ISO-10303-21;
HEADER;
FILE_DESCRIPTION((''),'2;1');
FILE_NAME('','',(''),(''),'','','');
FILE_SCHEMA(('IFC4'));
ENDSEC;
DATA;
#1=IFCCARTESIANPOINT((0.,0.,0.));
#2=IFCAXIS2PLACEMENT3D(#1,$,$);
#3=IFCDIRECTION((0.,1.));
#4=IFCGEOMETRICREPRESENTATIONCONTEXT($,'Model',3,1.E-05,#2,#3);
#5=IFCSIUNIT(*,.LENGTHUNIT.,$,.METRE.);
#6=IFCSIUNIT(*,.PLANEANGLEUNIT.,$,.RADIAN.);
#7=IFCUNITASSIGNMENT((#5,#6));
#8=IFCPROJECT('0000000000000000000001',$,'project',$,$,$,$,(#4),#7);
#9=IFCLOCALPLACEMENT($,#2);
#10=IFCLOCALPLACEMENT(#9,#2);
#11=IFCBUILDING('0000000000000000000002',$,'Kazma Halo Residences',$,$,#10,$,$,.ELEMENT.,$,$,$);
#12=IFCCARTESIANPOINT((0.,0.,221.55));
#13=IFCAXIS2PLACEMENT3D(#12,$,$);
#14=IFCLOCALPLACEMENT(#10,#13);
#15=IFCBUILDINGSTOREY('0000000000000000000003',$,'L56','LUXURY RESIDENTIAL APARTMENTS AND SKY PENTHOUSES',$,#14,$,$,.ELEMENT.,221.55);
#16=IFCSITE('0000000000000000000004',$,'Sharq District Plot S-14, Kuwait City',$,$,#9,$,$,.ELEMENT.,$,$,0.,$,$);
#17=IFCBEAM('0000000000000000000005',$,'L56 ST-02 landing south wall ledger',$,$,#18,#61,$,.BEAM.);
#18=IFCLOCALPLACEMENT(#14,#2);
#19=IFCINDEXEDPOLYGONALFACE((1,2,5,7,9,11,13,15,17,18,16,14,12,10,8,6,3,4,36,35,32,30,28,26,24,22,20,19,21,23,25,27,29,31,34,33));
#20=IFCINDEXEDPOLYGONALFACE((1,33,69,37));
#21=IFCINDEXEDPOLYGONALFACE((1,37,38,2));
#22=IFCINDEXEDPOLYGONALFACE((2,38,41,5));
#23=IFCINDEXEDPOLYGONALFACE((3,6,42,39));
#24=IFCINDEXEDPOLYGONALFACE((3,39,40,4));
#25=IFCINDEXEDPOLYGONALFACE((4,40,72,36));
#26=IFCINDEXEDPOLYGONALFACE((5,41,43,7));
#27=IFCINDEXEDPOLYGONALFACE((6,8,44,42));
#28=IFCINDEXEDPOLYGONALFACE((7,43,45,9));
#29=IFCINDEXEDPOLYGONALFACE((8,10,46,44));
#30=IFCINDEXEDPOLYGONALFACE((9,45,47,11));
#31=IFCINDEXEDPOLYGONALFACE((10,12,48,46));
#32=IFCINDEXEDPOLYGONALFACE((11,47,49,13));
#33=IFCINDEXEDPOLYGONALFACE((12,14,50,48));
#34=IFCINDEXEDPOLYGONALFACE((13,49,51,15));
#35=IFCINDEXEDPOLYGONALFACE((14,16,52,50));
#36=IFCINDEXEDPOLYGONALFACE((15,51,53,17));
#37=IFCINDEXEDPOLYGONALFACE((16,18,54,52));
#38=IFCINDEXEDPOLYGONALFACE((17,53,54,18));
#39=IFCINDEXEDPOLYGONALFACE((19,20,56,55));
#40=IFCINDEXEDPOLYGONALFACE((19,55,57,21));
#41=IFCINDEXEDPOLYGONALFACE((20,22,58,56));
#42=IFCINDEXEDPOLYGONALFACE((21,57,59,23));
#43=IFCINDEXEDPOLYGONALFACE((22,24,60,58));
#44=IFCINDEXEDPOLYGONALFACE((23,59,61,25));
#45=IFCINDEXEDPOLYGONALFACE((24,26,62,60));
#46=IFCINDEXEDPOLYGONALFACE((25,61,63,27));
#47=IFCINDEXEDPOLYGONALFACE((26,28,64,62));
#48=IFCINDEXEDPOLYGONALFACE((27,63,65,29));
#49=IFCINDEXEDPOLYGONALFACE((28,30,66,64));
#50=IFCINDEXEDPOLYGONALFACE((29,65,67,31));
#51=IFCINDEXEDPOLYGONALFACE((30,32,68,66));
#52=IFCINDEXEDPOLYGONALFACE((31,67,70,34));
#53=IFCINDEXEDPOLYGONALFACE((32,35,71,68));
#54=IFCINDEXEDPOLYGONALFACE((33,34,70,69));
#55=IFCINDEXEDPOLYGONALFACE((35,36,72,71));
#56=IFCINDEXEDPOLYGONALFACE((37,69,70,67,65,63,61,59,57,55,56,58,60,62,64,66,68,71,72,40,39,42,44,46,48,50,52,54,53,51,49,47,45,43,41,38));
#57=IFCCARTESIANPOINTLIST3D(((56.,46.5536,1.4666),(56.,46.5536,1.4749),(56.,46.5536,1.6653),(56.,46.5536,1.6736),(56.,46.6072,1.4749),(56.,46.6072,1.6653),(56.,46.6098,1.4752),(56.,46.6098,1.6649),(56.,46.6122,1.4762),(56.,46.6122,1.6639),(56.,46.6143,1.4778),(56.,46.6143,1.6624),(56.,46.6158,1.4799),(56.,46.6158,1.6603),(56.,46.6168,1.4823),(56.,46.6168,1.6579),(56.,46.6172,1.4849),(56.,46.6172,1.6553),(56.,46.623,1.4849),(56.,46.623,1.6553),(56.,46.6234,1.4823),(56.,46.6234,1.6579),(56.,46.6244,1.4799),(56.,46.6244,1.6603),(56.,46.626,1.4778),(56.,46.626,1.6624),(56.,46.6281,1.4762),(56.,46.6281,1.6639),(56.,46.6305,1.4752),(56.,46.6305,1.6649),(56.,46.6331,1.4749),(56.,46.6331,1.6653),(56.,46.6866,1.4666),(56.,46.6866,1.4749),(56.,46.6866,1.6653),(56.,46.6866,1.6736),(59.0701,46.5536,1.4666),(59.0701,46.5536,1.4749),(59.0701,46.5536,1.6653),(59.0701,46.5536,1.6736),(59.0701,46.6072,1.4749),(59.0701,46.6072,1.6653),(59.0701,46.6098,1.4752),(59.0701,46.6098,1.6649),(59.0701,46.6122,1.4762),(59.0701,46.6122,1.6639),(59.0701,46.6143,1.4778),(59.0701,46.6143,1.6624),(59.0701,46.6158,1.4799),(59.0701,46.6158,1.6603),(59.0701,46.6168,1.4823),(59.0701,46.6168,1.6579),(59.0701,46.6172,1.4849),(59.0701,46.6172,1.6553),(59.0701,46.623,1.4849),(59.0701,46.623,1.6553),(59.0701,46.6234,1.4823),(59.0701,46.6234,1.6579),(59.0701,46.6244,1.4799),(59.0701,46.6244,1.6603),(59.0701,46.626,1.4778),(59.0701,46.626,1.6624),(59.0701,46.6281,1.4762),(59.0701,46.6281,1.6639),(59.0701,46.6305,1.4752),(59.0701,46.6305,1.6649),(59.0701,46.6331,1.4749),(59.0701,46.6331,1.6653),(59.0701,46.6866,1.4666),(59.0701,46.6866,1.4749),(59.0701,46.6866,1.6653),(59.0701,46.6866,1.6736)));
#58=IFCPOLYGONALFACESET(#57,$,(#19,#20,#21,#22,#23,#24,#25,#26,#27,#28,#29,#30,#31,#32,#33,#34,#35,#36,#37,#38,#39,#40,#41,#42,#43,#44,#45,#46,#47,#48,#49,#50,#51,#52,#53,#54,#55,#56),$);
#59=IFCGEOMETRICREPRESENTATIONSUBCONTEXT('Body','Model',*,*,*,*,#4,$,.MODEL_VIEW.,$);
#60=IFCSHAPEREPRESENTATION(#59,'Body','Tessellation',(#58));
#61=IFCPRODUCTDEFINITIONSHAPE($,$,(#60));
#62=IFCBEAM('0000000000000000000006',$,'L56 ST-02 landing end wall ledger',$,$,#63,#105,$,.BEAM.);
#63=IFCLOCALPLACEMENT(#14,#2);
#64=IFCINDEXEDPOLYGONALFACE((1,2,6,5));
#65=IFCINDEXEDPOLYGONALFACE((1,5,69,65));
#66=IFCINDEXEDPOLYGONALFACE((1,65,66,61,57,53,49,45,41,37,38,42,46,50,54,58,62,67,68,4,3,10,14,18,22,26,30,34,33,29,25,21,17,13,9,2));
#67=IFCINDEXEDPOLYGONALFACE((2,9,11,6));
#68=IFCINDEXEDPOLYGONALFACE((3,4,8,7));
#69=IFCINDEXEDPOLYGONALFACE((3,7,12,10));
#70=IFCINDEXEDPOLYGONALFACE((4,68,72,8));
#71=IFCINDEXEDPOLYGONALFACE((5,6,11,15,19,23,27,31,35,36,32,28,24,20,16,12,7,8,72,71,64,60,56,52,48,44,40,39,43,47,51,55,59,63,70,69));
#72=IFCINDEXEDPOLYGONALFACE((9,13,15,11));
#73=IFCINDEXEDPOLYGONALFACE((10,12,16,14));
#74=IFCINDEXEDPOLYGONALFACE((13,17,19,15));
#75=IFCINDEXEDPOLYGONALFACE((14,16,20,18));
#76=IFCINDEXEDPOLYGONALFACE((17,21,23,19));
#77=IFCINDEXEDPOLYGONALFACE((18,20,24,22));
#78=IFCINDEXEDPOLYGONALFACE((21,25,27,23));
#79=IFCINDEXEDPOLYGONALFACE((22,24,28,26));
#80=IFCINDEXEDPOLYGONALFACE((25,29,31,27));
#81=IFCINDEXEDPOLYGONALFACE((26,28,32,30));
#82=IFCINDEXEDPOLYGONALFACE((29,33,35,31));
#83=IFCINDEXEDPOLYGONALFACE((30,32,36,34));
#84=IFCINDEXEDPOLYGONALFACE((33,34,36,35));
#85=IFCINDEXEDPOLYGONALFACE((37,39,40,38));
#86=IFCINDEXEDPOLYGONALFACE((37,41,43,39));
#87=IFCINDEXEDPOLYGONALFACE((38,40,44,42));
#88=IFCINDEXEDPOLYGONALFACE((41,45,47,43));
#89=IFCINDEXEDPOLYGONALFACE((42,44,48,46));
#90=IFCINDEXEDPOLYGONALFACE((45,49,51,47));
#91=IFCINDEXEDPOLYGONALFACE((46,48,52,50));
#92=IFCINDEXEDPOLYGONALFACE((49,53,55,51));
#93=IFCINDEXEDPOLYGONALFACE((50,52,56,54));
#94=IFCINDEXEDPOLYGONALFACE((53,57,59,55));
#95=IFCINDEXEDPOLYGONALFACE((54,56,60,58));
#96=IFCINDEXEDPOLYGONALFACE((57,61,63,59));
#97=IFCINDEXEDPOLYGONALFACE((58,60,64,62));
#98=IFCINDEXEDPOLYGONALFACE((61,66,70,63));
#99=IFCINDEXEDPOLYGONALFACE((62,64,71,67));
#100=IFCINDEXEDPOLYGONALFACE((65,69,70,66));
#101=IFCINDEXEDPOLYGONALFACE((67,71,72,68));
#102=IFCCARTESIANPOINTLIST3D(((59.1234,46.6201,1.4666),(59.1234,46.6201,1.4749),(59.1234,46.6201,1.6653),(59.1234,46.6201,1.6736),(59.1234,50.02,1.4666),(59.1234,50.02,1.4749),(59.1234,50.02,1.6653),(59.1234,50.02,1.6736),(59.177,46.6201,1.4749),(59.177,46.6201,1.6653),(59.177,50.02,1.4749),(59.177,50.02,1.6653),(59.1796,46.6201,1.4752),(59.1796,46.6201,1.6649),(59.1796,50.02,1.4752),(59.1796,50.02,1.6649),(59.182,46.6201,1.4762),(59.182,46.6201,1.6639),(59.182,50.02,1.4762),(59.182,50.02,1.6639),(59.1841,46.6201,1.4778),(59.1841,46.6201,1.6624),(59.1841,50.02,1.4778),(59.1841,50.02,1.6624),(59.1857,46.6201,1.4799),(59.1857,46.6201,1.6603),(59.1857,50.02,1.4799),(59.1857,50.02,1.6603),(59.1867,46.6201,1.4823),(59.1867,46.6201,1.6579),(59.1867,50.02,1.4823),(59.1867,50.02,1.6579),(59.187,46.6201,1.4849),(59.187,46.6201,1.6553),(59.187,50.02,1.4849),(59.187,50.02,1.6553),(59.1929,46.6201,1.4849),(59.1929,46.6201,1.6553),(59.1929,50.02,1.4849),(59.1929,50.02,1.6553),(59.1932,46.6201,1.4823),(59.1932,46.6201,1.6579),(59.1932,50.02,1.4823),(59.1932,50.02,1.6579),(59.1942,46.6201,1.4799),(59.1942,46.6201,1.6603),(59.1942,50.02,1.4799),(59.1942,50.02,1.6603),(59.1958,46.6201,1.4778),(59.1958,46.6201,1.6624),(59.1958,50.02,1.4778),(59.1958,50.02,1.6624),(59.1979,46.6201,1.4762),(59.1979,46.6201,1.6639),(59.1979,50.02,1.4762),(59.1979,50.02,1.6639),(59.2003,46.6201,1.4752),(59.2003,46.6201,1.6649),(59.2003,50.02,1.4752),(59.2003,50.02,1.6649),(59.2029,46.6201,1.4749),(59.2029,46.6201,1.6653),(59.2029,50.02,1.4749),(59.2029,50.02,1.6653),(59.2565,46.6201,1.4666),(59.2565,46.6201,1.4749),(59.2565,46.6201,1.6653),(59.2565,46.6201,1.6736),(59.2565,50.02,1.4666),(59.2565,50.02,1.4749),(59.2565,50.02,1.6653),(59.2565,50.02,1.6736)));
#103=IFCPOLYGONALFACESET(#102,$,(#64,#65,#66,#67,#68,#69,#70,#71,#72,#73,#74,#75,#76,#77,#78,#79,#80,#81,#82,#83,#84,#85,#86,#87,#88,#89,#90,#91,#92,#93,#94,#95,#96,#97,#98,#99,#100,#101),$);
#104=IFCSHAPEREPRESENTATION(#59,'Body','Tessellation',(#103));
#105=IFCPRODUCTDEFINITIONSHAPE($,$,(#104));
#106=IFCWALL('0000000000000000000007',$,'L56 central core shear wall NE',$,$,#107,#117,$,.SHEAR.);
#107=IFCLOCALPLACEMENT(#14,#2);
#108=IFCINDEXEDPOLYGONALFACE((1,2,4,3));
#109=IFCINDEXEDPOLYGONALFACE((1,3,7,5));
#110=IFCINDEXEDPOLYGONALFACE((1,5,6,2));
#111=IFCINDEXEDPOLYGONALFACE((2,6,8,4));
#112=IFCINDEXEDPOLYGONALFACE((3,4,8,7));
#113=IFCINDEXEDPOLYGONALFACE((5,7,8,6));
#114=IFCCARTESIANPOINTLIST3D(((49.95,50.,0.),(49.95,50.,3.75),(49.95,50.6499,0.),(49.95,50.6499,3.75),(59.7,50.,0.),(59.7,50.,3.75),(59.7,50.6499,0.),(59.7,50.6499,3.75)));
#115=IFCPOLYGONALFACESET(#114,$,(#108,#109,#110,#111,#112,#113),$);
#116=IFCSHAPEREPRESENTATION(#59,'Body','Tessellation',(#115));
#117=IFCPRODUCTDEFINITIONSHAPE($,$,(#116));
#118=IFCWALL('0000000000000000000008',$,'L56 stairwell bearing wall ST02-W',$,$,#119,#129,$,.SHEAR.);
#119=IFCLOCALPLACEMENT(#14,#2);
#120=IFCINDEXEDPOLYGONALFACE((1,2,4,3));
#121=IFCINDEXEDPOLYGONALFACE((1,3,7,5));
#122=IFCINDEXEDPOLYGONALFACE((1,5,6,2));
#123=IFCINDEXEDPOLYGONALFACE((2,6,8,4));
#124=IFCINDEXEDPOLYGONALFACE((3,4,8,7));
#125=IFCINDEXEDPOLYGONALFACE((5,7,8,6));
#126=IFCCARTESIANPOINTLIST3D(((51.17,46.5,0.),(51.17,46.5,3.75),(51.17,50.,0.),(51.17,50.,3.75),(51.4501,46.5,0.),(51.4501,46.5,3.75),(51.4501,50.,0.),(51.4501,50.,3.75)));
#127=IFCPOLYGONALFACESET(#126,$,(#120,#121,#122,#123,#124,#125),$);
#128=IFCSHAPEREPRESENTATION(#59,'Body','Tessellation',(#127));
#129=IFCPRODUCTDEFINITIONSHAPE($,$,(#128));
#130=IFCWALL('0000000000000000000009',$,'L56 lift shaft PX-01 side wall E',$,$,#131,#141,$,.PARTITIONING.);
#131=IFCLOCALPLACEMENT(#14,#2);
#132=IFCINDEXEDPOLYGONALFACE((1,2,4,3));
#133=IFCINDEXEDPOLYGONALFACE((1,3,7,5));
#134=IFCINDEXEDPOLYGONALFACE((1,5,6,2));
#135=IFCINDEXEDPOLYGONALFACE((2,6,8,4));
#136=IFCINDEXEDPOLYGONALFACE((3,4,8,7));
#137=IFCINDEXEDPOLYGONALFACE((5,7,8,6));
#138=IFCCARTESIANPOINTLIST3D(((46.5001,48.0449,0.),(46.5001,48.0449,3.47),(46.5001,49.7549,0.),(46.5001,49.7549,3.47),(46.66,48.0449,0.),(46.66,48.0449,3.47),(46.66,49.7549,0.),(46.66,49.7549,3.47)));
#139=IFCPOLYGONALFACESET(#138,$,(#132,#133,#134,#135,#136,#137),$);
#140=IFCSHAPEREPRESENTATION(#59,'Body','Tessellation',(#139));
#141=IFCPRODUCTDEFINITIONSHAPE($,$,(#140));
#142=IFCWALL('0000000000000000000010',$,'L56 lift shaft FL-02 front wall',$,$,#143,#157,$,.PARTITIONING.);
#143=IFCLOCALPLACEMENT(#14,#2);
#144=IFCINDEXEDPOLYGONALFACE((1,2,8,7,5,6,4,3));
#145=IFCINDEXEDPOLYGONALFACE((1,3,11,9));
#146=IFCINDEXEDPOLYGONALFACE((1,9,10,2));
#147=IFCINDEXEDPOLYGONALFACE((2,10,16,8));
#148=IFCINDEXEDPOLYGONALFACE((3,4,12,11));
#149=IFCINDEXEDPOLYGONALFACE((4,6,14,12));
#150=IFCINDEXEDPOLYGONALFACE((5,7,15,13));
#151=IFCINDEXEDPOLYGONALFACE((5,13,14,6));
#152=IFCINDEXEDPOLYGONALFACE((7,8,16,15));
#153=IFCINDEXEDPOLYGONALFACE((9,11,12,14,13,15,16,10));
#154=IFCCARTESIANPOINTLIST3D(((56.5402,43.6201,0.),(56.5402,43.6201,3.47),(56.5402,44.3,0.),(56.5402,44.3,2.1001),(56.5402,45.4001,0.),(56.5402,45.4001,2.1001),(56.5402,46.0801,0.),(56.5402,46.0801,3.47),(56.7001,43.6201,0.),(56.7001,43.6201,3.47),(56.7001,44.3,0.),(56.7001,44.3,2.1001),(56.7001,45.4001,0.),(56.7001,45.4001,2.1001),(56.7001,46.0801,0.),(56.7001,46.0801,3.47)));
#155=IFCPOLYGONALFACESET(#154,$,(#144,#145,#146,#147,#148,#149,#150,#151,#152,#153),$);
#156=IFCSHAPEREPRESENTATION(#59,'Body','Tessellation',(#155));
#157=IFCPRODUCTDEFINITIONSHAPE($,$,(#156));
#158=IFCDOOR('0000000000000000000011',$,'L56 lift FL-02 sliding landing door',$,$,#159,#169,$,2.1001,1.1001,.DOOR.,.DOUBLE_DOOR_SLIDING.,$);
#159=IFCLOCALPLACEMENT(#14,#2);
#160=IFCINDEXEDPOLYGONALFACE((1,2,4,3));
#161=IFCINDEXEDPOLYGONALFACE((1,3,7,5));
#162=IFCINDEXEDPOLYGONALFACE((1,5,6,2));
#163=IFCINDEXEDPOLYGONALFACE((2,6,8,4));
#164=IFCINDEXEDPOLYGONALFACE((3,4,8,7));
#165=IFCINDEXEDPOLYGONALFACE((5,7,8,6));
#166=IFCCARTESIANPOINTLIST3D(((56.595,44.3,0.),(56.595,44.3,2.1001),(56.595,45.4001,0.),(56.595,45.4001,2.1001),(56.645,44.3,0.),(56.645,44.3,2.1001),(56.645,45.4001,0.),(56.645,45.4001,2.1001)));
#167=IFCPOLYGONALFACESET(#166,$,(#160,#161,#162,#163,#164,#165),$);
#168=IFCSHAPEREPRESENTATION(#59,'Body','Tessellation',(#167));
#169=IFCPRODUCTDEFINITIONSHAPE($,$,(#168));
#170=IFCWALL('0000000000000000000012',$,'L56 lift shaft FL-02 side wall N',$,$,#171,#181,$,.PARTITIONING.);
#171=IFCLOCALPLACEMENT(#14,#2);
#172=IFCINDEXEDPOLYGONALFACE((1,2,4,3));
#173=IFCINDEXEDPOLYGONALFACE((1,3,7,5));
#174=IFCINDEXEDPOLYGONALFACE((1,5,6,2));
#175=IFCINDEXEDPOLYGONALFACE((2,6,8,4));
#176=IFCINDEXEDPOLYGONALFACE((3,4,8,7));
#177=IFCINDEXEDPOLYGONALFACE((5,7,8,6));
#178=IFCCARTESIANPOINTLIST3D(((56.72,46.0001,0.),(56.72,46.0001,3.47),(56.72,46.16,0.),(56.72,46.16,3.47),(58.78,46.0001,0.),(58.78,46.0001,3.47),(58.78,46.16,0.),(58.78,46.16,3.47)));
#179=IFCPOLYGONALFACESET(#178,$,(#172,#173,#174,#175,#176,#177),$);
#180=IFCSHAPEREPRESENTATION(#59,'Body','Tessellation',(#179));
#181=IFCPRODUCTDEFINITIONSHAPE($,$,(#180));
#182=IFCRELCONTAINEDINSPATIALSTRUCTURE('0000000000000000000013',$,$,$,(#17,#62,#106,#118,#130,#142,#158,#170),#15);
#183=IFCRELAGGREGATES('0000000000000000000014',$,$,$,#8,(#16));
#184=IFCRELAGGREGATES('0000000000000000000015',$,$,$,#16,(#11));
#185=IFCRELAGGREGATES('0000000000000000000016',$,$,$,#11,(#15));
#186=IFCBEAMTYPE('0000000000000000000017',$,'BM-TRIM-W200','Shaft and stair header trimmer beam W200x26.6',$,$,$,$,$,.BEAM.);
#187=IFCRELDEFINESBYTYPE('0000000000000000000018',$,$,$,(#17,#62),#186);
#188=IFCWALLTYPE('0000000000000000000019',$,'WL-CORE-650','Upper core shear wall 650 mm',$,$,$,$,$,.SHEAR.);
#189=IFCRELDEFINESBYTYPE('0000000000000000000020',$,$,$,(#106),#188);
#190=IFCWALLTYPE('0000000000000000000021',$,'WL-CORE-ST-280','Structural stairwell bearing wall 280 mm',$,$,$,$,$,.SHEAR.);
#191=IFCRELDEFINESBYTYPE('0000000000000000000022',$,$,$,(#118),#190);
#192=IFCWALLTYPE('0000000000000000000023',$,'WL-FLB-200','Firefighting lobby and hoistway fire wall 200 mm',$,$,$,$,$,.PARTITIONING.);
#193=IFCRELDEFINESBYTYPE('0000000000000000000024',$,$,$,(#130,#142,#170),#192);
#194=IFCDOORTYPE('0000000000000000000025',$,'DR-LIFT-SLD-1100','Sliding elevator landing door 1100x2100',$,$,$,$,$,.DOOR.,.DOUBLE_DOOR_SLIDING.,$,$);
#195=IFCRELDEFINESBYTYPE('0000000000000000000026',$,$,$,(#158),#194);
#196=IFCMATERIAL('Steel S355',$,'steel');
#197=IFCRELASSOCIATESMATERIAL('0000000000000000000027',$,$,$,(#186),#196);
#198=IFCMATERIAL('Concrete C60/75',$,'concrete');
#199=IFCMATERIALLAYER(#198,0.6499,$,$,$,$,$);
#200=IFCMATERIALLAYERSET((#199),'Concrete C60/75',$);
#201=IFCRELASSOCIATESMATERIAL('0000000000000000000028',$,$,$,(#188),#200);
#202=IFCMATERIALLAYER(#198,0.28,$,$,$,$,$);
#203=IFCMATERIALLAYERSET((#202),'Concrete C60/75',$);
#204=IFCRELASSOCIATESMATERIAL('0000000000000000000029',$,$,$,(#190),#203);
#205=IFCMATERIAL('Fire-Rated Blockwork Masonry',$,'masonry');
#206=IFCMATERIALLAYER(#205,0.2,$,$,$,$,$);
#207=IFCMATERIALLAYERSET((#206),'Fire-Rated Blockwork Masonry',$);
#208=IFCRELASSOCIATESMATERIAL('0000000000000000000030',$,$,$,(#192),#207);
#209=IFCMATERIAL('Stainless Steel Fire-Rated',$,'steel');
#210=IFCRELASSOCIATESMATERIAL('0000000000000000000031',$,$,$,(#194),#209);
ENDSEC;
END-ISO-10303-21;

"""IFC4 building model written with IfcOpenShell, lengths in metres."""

from ifc_helpers import new_model, si_unit, direction, frame, frame_2d, origin, origin_2d, place, context, subcontext, project, spatial, rectangle, i_section, extrude, material, layer, layer_set, material_profile, profile_set, type_object, element, fill, save


model = new_model("IFC4")

# Units and contexts
model_context = context("Model", 3, precision=1e-05, world=origin(), true_north=direction((0.0, 1.0)))
body_context = subcontext(model_context, "Body", "Model", "MODEL_VIEW")
ifc_project = project(units=[si_unit("LENGTHUNIT", "METRE"), si_unit("PLANEANGLEUNIT", "RADIAN")], contexts=[model_context])

# Site, building, storey
site_placement = place(None, origin())
site = spatial("IfcSite", under=ifc_project, at=site_placement, Name="Sharq District Plot S-14, Kuwait City", CompositionType="ELEMENT", RefElevation=0.0)
building_placement = place(site_placement, origin())
building = spatial("IfcBuilding", under=site, at=building_placement, Name="Kazma Halo Residences", CompositionType="ELEMENT")
storey_placement = place(building_placement, frame((0.0, 0.0, 221.55)))
storey = spatial("IfcBuildingStorey", under=building, at=storey_placement, Name="L56", Description="LUXURY RESIDENTIAL APARTMENTS AND SKY PENTHOUSES", CompositionType="ELEMENT", Elevation=221.55)

# Shared definitions
ifc_material_1 = material(Name="Steel S355", Category="steel")

# Beams
ifc_material_profile_1 = material_profile(ifc_material_1, i_section(OverallWidth=0.1331, OverallDepth=0.207, WebThickness=0.0059, FlangeThickness=0.0083, FilletRadius=0.01, at=origin_2d()), Name="W200x26.6")
ifc_profile_set_1 = profile_set([ifc_material_profile_1], Name="Steel S355")
beam_type_1 = type_object("IfcBeamType", Name="BM-TRIM-W200", Description="Shaft and stair header trimmer beam W200x26.6", PredefinedType="BEAM", material=ifc_profile_set_1)
beam_1_placement = place(storey_placement, frame((56.0, 46.6201, 1.5701), z_axis=(1.0, 0.0, 0.0), x_axis=(0.0, 1.0, 0.0)))
element("IfcBeam", 1, at=beam_1_placement, inside=storey, type_object=beam_type_1, Name="L56 ST-02 landing south wall ledger", PredefinedType="BEAM", context=body_context, shape_type="SweptSolid", body=[
    extrude(i_section(OverallWidth=0.1331, OverallDepth=0.207, WebThickness=0.0059, FlangeThickness=0.0083, FilletRadius=0.01, at=origin_2d()), origin(), (0.0, 0.0, 1.0), 3.0701),
])
beam_2_placement = place(storey_placement, frame((59.1899, 46.6201, 1.5701), z_axis=(0.0, 1.0, 0.0), x_axis=(-1.0, 0.0, 0.0)))
element("IfcBeam", 2, at=beam_2_placement, inside=storey, type_object=beam_type_1, Name="L56 ST-02 landing end wall ledger", PredefinedType="BEAM", context=body_context, shape_type="SweptSolid", body=[
    extrude(i_section(OverallWidth=0.1331, OverallDepth=0.207, WebThickness=0.0059, FlangeThickness=0.0083, FilletRadius=0.01, at=origin_2d()), origin(), (0.0, 0.0, 1.0), 3.3999),
])

# Walls
ifc_material_2 = material(Name="Concrete C60/75", Category="concrete")
ifc_layer_1 = layer(ifc_material_2, 0.6499)
ifc_layer_set_1 = layer_set([ifc_layer_1], Name="Concrete C60/75")
wall_type_1 = type_object("IfcWallType", Name="WL-CORE-650", Description="Upper core shear wall 650 mm", PredefinedType="SHEAR", material=ifc_layer_set_1)
wall_1_placement = place(storey_placement, frame((49.95, 50.325, 0.0), z_axis=(0.0, 0.0, 1.0), x_axis=(1.0, 0.0, 0.0)))
element("IfcWall", 3, at=wall_1_placement, inside=storey, type_object=wall_type_1, Name="L56 central core shear wall NE", PredefinedType="SHEAR", context=body_context, shape_type="SweptSolid", body=[
    extrude(rectangle(XDim=9.75, YDim=0.6499, at=frame_2d((4.875, 0.0))), origin(), (0.0, 0.0, 1.0), 3.75),
])
ifc_layer_2 = layer(ifc_material_2, 0.28)
ifc_layer_set_2 = layer_set([ifc_layer_2], Name="Concrete C60/75")
wall_type_2 = type_object("IfcWallType", Name="WL-CORE-ST-280", Description="Structural stairwell bearing wall 280 mm", PredefinedType="SHEAR", material=ifc_layer_set_2)
wall_2_placement = place(storey_placement, frame((51.3101, 46.5, 0.0), z_axis=(0.0, 0.0, 1.0), x_axis=(0.0, 1.0, 0.0)))
element("IfcWall", 4, at=wall_2_placement, inside=storey, type_object=wall_type_2, Name="L56 stairwell bearing wall ST02-W", PredefinedType="SHEAR", context=body_context, shape_type="SweptSolid", body=[
    extrude(rectangle(XDim=3.5, YDim=0.28, at=frame_2d((1.75, 0.0))), origin(), (0.0, 0.0, 1.0), 3.75),
])
ifc_material_3 = material(Name="Fire-Rated Blockwork Masonry", Category="masonry")
ifc_layer_3 = layer(ifc_material_3, 0.2)
ifc_layer_set_3 = layer_set([ifc_layer_3], Name="Fire-Rated Blockwork Masonry")
wall_type_3 = type_object("IfcWallType", Name="WL-FLB-200", Description="Firefighting lobby and hoistway fire wall 200 mm", PredefinedType="PARTITIONING", material=ifc_layer_set_3)
wall_3_placement = place(storey_placement, frame((46.5801, 48.0449, 0.0), z_axis=(0.0, 0.0, 1.0), x_axis=(0.0, 1.0, 0.0)))
element("IfcWall", 5, at=wall_3_placement, inside=storey, type_object=wall_type_3, Name="L56 lift shaft PX-01 side wall E", PredefinedType="PARTITIONING", context=body_context, shape_type="SweptSolid", body=[
    extrude(rectangle(XDim=1.71, YDim=0.1599, at=frame_2d((0.855, 0.0))), origin(), (0.0, 0.0, 1.0), 3.47),
])

# Wall, opening, door
wall_4_placement = place(storey_placement, frame((56.6201, 46.0801, 0.0), z_axis=(0.0, 0.0, 1.0), x_axis=(0.0, -1.0, 0.0)))
wall_4 = element("IfcWall", 6, at=wall_4_placement, inside=storey, type_object=wall_type_3, Name="L56 lift shaft FL-02 front wall", PredefinedType="PARTITIONING", context=body_context, shape_type="SweptSolid", body=[
    extrude(rectangle(XDim=2.46, YDim=0.1599, at=frame_2d((1.23, 0.0))), origin(), (0.0, 0.0, 1.0), 3.47),
])
opening_1_placement = place(wall_4_placement, frame((0.6799, 0.0, 0.0)))
opening_1 = element("IfcOpeningElement", 7, at=opening_1_placement, cuts=wall_4, PredefinedType="OPENING", context=body_context, shape_type="SweptSolid", body=[
    extrude(rectangle(XDim=1.1001, YDim=2.1001, at=frame_2d((0.55, 1.05))), frame((0.0, 0.0898, 0.0), z_axis=(0.0, -1.0, 0.0), x_axis=(1.0, 0.0, 0.0)), (0.0, 0.0, 1.0), 0.1799),
])
ifc_material_4 = material(Name="Stainless Steel Fire-Rated", Category="steel")
door_type_1 = type_object("IfcDoorType", Name="DR-LIFT-SLD-1100", Description="Sliding elevator landing door 1100x2100", OperationType="DOUBLE_DOOR_SLIDING", PredefinedType="DOOR", material=ifc_material_4)
door_1_placement = place(opening_1_placement, origin())
door_1 = element("IfcDoor", 8, at=door_1_placement, inside=storey, type_object=door_type_1, Name="L56 lift FL-02 sliding landing door", OperationType="DOUBLE_DOOR_SLIDING", OverallHeight=2.1001, OverallWidth=1.1001, PredefinedType="DOOR", context=body_context, shape_type="SweptSolid", body=[
    extrude(rectangle(XDim=1.1001, YDim=2.1001, at=frame_2d((0.55, 1.05))), frame((0.0, 0.0249, 0.0), z_axis=(0.0, -1.0, 0.0), x_axis=(1.0, 0.0, 0.0)), (0.0, 0.0, 1.0), 0.05),
])
fill(opening_1, door_1)

# Wall
wall_5_placement = place(storey_placement, frame((56.72, 46.0801, 0.0), z_axis=(0.0, 0.0, 1.0), x_axis=(1.0, 0.0, 0.0)))
element("IfcWall", 9, at=wall_5_placement, inside=storey, type_object=wall_type_3, Name="L56 lift shaft FL-02 side wall N", PredefinedType="PARTITIONING", context=body_context, shape_type="SweptSolid", body=[
    extrude(rectangle(XDim=2.0601, YDim=0.1599, at=frame_2d((1.03, 0.0))), origin(), (0.0, 0.0, 1.0), 3.47),
])

save(model, "model.ifc")
